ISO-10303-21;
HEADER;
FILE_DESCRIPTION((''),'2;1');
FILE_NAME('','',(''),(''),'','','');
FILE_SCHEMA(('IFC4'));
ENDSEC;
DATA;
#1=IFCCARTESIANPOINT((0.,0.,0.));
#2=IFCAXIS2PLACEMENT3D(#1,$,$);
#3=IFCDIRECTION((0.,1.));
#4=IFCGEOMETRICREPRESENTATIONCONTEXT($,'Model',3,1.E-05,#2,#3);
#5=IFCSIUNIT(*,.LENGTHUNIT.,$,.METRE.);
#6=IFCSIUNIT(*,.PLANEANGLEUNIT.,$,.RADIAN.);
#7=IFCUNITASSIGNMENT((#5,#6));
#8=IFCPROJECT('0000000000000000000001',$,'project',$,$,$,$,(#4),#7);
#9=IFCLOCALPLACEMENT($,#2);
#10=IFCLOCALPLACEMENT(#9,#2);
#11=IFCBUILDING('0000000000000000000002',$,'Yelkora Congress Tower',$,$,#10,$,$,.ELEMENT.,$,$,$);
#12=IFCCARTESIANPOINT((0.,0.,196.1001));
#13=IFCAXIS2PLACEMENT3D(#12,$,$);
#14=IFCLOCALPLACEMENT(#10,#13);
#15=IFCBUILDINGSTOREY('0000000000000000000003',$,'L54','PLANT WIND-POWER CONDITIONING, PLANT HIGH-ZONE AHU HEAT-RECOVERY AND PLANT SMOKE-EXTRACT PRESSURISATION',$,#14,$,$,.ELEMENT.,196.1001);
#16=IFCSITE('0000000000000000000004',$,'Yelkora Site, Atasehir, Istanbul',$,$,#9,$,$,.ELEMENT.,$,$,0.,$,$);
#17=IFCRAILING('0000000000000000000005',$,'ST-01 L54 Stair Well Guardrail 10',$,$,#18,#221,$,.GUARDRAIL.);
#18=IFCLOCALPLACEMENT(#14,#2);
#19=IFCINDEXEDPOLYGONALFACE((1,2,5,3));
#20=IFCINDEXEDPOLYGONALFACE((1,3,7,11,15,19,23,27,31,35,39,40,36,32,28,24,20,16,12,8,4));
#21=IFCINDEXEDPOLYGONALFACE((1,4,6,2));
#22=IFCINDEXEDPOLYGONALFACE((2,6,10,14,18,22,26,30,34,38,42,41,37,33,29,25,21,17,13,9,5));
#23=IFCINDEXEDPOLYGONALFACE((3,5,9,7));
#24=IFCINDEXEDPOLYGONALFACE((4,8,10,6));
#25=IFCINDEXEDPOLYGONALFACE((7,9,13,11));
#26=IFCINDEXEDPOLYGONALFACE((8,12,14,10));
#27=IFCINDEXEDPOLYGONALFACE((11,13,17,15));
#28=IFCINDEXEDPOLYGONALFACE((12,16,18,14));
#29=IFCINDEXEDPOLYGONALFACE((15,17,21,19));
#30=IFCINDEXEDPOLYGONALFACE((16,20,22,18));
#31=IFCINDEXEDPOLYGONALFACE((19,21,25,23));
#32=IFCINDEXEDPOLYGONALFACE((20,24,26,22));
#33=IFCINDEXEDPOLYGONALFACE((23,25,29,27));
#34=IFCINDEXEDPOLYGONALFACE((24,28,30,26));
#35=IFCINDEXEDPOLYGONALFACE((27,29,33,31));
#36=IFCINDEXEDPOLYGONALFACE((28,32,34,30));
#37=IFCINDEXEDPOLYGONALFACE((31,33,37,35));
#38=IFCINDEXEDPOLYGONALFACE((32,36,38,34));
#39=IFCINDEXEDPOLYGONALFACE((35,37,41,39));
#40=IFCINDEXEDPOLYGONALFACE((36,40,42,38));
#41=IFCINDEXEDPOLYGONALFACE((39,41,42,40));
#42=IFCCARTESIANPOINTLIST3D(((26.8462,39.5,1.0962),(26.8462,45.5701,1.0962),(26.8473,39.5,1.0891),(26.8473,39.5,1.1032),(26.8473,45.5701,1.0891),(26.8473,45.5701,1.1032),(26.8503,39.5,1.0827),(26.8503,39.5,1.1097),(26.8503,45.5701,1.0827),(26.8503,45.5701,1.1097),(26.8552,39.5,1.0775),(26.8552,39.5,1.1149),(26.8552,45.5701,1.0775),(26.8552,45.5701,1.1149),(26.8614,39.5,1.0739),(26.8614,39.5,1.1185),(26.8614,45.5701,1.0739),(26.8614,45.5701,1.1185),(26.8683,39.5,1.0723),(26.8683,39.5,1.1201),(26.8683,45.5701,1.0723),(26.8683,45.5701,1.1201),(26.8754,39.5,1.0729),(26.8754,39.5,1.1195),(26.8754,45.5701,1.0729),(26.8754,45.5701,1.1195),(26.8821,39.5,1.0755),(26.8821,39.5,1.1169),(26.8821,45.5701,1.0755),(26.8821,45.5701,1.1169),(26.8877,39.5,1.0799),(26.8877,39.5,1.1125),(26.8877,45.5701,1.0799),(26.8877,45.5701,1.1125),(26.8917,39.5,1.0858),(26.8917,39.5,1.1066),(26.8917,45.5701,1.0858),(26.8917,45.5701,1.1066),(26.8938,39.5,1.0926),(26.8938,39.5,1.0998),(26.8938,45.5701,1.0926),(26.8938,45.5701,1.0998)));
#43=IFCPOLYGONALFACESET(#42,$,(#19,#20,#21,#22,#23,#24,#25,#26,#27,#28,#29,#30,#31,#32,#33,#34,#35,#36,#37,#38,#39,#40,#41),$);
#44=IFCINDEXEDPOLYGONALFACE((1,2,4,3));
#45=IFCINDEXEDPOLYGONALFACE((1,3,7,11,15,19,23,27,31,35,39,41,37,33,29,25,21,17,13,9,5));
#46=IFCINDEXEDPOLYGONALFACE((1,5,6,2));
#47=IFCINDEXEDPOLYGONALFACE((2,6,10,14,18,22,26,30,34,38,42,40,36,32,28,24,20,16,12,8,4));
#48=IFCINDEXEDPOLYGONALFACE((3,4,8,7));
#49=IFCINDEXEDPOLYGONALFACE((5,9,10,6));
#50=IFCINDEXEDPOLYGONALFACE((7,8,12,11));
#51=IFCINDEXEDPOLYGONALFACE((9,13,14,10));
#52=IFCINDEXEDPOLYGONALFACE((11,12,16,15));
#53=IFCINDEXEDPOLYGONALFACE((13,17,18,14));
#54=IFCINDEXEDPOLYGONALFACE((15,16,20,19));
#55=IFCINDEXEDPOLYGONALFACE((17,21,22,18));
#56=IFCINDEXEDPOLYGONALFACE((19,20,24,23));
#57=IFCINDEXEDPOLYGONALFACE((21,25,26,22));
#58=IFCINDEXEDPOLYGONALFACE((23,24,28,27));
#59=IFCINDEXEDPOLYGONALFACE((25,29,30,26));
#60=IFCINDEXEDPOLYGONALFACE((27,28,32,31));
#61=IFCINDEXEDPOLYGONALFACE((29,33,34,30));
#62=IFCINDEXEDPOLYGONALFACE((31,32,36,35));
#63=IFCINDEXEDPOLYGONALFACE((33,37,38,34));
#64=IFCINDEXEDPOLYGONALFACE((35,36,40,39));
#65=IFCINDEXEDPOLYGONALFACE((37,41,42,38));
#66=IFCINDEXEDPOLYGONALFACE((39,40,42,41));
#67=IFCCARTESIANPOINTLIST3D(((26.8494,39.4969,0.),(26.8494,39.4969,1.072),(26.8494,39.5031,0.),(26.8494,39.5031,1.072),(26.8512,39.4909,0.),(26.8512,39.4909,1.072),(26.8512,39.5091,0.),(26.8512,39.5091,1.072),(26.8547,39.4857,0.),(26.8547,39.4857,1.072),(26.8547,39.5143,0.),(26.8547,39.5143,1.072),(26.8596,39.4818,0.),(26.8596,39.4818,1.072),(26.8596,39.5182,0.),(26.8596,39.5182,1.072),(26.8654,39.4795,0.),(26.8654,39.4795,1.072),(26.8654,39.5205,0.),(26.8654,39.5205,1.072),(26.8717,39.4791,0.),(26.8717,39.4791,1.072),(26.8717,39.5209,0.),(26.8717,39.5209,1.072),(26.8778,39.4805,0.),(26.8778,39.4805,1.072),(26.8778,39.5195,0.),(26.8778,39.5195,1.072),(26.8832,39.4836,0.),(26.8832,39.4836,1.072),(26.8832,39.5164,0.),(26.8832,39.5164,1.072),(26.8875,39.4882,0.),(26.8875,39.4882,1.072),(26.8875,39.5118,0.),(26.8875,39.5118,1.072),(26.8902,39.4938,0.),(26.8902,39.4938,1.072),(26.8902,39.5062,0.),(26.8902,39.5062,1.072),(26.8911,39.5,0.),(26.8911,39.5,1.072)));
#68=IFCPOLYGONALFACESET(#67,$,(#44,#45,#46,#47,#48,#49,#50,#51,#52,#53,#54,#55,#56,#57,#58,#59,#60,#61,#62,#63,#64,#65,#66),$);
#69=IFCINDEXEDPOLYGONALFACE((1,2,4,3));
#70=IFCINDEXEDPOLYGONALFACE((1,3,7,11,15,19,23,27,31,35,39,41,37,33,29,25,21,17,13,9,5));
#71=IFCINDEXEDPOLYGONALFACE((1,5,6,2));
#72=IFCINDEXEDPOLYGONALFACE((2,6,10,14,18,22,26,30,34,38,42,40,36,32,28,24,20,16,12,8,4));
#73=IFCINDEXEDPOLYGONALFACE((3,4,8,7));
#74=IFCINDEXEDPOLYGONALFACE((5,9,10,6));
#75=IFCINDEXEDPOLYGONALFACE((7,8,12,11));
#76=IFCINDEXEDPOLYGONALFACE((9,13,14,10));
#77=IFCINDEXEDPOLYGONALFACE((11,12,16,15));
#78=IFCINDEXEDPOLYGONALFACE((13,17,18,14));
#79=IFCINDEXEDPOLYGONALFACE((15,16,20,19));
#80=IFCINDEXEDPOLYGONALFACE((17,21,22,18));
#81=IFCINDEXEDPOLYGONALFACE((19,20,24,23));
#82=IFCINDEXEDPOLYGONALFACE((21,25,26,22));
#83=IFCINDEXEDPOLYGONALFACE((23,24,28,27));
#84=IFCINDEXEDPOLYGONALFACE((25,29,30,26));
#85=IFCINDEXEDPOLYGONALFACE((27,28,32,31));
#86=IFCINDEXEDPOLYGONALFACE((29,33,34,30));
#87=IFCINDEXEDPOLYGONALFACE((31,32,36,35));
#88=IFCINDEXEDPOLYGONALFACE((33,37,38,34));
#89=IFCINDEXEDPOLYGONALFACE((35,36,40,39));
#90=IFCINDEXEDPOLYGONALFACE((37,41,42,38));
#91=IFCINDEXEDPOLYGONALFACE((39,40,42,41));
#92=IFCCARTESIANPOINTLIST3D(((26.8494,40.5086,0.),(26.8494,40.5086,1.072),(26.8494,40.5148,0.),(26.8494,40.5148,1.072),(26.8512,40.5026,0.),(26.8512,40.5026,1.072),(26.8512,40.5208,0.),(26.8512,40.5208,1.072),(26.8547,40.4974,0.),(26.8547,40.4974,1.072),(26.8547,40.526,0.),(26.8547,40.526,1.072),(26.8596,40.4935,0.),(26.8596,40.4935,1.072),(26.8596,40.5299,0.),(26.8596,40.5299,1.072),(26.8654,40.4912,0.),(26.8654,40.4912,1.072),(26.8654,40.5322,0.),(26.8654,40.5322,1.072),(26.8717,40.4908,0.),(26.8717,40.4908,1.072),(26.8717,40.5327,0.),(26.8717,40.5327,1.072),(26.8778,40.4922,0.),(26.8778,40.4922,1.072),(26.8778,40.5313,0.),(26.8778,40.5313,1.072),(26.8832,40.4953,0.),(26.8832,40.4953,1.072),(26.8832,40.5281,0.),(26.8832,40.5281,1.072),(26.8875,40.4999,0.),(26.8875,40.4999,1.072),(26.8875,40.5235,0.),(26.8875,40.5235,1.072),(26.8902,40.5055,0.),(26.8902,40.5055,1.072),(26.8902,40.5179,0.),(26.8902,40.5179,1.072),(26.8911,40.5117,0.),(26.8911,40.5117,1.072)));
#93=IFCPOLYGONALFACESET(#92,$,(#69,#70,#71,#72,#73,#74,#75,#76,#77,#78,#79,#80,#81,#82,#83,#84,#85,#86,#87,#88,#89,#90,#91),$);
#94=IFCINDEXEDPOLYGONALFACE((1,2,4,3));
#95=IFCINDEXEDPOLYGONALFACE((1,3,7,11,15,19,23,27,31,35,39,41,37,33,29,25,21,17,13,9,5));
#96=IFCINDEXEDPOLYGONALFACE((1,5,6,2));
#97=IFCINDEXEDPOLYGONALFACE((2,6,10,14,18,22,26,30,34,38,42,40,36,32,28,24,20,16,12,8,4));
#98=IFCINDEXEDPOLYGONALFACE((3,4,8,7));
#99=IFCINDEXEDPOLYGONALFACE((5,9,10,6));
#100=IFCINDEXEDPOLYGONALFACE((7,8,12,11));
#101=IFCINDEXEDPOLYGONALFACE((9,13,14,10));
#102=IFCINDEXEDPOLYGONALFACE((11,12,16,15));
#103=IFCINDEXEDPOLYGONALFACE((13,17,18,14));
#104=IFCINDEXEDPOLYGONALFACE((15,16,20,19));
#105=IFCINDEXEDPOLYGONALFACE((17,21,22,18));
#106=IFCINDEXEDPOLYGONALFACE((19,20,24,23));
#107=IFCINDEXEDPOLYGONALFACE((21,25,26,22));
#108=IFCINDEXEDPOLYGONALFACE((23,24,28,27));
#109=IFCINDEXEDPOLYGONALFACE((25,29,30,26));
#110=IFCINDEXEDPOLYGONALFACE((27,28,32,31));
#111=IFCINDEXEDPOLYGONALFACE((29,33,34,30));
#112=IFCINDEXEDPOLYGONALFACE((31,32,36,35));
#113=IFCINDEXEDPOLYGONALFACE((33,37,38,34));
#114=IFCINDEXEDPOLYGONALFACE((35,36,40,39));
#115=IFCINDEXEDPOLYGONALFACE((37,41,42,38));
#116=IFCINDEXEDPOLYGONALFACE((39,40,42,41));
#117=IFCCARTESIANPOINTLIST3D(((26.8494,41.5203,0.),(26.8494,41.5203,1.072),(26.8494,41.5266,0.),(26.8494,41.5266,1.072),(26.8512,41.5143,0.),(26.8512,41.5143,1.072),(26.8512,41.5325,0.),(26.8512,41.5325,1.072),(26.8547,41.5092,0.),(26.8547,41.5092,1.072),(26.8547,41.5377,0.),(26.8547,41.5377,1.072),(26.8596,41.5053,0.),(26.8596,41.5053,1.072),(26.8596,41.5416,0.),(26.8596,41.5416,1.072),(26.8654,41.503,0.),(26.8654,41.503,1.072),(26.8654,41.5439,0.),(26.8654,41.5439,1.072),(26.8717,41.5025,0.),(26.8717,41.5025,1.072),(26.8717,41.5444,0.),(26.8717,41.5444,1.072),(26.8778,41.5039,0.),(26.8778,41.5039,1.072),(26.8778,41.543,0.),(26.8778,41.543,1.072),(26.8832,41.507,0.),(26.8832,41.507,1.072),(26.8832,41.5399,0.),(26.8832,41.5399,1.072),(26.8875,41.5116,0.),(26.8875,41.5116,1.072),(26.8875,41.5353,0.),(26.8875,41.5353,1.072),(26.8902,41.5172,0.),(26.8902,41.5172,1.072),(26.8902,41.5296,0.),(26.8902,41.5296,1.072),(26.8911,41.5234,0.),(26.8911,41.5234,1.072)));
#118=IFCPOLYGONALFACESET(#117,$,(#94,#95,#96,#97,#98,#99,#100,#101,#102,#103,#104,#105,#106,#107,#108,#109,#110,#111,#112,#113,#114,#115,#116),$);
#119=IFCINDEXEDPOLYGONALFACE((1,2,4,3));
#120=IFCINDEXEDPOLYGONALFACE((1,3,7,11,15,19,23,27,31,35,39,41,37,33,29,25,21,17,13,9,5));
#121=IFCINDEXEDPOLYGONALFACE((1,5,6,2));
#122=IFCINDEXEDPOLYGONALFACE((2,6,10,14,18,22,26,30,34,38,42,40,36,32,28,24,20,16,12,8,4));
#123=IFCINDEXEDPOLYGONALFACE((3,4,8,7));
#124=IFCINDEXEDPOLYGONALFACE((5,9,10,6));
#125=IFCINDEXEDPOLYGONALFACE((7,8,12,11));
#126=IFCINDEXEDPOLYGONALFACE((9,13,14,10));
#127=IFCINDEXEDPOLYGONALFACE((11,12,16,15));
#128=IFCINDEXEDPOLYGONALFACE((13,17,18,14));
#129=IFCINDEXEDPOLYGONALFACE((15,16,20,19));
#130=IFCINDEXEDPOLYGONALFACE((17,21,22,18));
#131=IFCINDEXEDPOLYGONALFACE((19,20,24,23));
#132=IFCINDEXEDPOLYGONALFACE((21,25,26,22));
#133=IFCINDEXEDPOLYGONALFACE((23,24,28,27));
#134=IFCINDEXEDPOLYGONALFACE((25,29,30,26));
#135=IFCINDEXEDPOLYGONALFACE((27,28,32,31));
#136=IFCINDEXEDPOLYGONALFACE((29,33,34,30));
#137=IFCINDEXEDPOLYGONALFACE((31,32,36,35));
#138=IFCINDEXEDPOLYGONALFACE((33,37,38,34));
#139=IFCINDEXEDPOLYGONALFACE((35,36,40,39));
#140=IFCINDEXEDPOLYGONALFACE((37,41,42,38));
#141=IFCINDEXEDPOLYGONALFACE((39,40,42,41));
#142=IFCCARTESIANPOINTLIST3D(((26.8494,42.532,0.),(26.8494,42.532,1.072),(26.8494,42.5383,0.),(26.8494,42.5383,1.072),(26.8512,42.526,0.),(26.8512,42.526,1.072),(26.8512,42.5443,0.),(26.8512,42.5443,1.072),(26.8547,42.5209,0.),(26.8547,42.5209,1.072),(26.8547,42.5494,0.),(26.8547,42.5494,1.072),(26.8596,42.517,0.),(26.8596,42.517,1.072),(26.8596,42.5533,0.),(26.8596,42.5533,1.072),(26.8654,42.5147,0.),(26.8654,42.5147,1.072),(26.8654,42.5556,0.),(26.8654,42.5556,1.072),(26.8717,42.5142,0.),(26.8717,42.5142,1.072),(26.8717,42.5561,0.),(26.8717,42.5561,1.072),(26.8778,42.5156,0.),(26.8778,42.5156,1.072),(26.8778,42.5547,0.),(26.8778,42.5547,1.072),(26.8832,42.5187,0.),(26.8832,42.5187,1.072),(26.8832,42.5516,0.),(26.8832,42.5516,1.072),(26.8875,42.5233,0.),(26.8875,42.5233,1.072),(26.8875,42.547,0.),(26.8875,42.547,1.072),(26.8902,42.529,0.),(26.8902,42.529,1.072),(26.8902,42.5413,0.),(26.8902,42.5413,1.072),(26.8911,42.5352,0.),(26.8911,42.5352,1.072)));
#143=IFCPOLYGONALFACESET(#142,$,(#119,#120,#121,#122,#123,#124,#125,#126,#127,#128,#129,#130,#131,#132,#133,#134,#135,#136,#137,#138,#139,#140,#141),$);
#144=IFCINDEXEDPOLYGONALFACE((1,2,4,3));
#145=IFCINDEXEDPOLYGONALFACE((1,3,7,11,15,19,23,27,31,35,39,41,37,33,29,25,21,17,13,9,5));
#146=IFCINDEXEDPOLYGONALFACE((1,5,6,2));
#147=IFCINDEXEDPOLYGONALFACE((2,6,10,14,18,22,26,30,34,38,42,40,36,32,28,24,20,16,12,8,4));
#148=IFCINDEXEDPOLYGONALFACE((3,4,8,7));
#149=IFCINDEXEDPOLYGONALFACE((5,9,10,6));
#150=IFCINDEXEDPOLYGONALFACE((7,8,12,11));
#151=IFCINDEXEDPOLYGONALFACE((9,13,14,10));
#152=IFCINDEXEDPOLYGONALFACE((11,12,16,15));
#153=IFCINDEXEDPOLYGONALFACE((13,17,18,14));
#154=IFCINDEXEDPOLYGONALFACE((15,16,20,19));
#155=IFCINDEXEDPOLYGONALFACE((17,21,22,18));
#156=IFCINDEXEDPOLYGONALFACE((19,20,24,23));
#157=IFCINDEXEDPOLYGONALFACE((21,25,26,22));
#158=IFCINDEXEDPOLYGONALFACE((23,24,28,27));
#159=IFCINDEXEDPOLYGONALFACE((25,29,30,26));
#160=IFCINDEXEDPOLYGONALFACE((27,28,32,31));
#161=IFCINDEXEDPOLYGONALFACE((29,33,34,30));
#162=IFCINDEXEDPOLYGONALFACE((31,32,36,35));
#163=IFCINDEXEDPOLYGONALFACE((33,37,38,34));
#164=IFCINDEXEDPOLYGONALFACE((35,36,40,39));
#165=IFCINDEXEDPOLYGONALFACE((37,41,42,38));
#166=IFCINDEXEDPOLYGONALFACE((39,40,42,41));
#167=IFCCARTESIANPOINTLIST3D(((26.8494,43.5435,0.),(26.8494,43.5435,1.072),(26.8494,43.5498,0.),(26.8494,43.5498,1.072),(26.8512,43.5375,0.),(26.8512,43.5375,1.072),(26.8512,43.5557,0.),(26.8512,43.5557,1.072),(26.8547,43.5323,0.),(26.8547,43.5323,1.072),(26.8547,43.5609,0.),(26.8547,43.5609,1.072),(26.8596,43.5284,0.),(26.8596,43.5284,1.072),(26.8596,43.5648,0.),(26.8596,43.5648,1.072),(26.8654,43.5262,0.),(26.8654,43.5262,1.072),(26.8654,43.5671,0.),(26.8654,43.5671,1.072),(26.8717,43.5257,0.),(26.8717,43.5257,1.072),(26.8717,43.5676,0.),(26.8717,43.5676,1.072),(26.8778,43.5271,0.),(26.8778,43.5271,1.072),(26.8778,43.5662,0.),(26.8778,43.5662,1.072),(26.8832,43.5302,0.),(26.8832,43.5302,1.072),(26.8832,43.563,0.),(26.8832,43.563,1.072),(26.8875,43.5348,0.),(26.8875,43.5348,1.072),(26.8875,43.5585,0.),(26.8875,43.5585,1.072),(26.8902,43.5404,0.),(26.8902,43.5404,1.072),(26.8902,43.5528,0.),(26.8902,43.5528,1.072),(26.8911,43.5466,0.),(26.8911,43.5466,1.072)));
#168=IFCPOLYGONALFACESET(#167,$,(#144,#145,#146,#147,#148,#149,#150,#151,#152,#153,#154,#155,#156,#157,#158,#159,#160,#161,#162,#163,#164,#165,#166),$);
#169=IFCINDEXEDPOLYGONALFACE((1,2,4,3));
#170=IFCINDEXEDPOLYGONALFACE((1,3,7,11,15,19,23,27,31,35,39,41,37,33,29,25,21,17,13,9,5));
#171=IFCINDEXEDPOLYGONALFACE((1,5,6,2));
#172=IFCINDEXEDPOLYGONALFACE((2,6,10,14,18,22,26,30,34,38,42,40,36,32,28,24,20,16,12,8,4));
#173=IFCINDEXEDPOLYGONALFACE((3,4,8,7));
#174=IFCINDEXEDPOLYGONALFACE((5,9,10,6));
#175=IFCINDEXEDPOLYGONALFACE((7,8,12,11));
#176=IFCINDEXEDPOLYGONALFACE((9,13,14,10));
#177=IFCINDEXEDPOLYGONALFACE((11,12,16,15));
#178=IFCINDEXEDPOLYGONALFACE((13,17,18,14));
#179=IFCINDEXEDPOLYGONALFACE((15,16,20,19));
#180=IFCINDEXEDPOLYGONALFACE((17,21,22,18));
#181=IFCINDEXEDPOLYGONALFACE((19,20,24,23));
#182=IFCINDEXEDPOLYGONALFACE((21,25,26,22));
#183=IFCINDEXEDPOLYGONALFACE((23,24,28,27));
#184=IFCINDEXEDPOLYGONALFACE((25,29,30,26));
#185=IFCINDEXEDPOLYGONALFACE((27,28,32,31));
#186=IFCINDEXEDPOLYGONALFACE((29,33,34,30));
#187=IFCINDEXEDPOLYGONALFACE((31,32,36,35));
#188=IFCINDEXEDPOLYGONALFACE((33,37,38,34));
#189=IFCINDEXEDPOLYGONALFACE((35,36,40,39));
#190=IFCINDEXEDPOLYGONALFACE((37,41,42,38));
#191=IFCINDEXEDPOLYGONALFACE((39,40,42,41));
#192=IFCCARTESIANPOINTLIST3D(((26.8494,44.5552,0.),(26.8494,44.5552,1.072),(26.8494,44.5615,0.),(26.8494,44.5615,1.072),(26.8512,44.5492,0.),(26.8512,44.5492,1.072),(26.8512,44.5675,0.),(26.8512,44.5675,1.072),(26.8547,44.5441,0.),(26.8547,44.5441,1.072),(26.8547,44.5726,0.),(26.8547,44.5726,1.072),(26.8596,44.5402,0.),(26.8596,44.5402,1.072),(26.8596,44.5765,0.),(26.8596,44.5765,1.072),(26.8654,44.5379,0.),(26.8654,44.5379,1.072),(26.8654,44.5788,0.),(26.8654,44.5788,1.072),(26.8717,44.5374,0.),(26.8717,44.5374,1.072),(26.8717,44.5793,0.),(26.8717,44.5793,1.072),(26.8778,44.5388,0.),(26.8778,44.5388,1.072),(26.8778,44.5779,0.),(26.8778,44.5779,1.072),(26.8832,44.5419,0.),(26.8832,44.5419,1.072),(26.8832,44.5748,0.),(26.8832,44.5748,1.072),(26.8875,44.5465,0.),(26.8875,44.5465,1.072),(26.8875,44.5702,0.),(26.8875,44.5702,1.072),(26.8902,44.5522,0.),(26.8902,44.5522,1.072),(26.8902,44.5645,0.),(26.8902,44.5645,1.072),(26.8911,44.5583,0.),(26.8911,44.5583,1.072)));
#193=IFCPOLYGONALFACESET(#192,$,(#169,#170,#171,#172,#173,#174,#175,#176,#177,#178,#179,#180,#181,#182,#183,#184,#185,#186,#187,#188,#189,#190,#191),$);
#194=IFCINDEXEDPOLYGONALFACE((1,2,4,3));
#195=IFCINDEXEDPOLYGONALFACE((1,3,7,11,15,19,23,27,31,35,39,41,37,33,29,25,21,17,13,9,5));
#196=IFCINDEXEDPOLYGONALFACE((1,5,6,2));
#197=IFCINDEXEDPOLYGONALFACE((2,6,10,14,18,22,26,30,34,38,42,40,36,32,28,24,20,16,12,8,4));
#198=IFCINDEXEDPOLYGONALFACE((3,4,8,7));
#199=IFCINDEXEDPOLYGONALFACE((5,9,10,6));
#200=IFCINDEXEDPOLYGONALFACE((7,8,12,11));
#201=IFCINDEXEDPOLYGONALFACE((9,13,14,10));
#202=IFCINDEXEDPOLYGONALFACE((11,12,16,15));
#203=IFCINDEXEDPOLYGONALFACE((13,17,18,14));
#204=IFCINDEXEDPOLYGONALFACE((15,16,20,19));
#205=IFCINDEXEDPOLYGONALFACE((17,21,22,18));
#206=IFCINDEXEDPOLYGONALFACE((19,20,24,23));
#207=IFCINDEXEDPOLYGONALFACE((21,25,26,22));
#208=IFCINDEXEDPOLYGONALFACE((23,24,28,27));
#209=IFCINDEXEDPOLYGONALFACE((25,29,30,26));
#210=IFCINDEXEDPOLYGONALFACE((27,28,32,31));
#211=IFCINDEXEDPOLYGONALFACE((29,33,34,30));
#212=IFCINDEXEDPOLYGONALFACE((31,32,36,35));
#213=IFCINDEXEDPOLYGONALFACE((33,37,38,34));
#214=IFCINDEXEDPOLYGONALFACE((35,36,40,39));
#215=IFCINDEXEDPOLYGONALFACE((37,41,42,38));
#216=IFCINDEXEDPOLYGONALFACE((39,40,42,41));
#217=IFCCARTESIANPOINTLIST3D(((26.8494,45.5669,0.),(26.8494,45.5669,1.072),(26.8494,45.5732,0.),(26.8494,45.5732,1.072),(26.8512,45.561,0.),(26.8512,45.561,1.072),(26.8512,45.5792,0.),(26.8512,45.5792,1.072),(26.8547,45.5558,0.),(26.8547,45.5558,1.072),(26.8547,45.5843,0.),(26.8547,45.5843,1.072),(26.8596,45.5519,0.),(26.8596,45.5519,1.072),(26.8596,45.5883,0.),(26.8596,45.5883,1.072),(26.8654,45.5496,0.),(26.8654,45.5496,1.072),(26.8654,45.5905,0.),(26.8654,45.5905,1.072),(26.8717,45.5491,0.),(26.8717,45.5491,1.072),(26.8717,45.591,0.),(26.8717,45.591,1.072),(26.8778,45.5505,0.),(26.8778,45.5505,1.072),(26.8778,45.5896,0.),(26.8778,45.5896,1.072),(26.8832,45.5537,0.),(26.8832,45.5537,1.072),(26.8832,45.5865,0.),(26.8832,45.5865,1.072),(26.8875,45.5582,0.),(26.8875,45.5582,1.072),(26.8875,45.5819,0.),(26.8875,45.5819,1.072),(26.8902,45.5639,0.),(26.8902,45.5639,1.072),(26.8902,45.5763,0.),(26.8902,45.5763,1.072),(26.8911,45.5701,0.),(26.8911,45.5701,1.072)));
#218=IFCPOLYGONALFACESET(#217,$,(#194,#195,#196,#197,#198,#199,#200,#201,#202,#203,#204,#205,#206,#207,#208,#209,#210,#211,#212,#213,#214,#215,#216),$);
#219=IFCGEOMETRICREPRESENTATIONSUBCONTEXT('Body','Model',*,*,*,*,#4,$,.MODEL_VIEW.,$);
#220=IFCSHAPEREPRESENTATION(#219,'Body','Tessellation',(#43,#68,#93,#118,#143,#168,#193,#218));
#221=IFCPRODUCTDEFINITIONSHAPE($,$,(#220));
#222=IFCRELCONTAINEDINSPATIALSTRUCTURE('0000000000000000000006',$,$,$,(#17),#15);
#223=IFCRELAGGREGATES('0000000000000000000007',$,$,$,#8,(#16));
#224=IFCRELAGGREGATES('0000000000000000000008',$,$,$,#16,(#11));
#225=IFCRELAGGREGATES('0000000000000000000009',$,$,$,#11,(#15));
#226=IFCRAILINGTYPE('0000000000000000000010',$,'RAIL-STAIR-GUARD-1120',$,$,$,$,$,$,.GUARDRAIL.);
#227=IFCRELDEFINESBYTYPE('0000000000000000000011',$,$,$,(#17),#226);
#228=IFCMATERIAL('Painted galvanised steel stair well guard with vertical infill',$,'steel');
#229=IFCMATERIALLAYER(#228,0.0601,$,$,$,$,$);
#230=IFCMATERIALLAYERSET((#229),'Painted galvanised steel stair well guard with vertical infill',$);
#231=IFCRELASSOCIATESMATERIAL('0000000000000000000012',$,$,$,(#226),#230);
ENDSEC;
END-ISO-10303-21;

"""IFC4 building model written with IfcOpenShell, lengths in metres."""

from ifc_helpers import new_model, si_unit, direction, frame, origin, origin_2d, place, context, subcontext, project, spatial, circle, extrude, material, layer, layer_set, type_object, element, save


model = new_model("IFC4")

# Units and contexts
model_context = context("Model", 3, precision=1e-05, world=origin(), true_north=direction((0.0, 1.0)))
body_context = subcontext(model_context, "Body", "Model", "MODEL_VIEW")
ifc_project = project(units=[si_unit("LENGTHUNIT", "METRE"), si_unit("PLANEANGLEUNIT", "RADIAN")], contexts=[model_context])

# Site, building, storey
site_placement = place(None, origin())
site = spatial("IfcSite", under=ifc_project, at=site_placement, Name="Yelkora Site, Atasehir, Istanbul", CompositionType="ELEMENT", RefElevation=0.0)
building_placement = place(site_placement, origin())
building = spatial("IfcBuilding", under=site, at=building_placement, Name="Yelkora Congress Tower", CompositionType="ELEMENT")
storey_placement = place(building_placement, frame((0.0, 0.0, 196.1001)))
storey = spatial("IfcBuildingStorey", under=building, at=storey_placement, Name="L54", Description="PLANT WIND-POWER CONDITIONING, PLANT HIGH-ZONE AHU HEAT-RECOVERY AND PLANT SMOKE-EXTRACT PRESSURISATION", CompositionType="ELEMENT", Elevation=196.1001)

# Railing
ifc_material_1 = material(Name="Painted galvanised steel stair well guard with vertical infill", Category="steel")
ifc_layer_1 = layer(ifc_material_1, 0.0601)
ifc_layer_set_1 = layer_set([ifc_layer_1], Name="Painted galvanised steel stair well guard with vertical infill")
railing_type = type_object("IfcRailingType", Name="RAIL-STAIR-GUARD-1120", PredefinedType="GUARDRAIL", material=ifc_layer_set_1)
railing_1_placement = place(storey_placement, frame((26.8701, 39.5, 0.0)))
element("IfcRailing", 1, at=railing_1_placement, inside=storey, type_object=railing_type, Name="ST-01 L54 Stair Well Guardrail 10", PredefinedType="GUARDRAIL", context=body_context, shape_type="SweptSolid", body=[
    extrude(circle(Radius=0.0239, at=origin_2d()), frame((0.0, 0.0, 1.0962), z_axis=(0.0, 1.0, 0.0), x_axis=(-1.0, 0.0, 0.0)), (0.0, 0.0, 1.0), 6.0701),
    extrude(circle(Radius=0.021, at=origin_2d()), origin(), (0.0, 0.0, 1.0), 1.072),
    extrude(circle(Radius=0.021, at=origin_2d()), frame((0.0, 1.0117, 0.0)), (0.0, 0.0, 1.0), 1.072),
    extrude(circle(Radius=0.021, at=origin_2d()), frame((0.0, 2.0234, 0.0)), (0.0, 0.0, 1.0), 1.072),
    extrude(circle(Radius=0.021, at=origin_2d()), frame((0.0, 3.0352, 0.0)), (0.0, 0.0, 1.0), 1.072),
    extrude(circle(Radius=0.021, at=origin_2d()), frame((0.0, 4.0466, 0.0)), (0.0, 0.0, 1.0), 1.072),
    extrude(circle(Radius=0.021, at=origin_2d()), frame((0.0, 5.0583, 0.0)), (0.0, 0.0, 1.0), 1.072),
    extrude(circle(Radius=0.021, at=origin_2d()), frame((0.0, 6.0701, 0.0)), (0.0, 0.0, 1.0), 1.072),
])

save(model, "model.ifc")
